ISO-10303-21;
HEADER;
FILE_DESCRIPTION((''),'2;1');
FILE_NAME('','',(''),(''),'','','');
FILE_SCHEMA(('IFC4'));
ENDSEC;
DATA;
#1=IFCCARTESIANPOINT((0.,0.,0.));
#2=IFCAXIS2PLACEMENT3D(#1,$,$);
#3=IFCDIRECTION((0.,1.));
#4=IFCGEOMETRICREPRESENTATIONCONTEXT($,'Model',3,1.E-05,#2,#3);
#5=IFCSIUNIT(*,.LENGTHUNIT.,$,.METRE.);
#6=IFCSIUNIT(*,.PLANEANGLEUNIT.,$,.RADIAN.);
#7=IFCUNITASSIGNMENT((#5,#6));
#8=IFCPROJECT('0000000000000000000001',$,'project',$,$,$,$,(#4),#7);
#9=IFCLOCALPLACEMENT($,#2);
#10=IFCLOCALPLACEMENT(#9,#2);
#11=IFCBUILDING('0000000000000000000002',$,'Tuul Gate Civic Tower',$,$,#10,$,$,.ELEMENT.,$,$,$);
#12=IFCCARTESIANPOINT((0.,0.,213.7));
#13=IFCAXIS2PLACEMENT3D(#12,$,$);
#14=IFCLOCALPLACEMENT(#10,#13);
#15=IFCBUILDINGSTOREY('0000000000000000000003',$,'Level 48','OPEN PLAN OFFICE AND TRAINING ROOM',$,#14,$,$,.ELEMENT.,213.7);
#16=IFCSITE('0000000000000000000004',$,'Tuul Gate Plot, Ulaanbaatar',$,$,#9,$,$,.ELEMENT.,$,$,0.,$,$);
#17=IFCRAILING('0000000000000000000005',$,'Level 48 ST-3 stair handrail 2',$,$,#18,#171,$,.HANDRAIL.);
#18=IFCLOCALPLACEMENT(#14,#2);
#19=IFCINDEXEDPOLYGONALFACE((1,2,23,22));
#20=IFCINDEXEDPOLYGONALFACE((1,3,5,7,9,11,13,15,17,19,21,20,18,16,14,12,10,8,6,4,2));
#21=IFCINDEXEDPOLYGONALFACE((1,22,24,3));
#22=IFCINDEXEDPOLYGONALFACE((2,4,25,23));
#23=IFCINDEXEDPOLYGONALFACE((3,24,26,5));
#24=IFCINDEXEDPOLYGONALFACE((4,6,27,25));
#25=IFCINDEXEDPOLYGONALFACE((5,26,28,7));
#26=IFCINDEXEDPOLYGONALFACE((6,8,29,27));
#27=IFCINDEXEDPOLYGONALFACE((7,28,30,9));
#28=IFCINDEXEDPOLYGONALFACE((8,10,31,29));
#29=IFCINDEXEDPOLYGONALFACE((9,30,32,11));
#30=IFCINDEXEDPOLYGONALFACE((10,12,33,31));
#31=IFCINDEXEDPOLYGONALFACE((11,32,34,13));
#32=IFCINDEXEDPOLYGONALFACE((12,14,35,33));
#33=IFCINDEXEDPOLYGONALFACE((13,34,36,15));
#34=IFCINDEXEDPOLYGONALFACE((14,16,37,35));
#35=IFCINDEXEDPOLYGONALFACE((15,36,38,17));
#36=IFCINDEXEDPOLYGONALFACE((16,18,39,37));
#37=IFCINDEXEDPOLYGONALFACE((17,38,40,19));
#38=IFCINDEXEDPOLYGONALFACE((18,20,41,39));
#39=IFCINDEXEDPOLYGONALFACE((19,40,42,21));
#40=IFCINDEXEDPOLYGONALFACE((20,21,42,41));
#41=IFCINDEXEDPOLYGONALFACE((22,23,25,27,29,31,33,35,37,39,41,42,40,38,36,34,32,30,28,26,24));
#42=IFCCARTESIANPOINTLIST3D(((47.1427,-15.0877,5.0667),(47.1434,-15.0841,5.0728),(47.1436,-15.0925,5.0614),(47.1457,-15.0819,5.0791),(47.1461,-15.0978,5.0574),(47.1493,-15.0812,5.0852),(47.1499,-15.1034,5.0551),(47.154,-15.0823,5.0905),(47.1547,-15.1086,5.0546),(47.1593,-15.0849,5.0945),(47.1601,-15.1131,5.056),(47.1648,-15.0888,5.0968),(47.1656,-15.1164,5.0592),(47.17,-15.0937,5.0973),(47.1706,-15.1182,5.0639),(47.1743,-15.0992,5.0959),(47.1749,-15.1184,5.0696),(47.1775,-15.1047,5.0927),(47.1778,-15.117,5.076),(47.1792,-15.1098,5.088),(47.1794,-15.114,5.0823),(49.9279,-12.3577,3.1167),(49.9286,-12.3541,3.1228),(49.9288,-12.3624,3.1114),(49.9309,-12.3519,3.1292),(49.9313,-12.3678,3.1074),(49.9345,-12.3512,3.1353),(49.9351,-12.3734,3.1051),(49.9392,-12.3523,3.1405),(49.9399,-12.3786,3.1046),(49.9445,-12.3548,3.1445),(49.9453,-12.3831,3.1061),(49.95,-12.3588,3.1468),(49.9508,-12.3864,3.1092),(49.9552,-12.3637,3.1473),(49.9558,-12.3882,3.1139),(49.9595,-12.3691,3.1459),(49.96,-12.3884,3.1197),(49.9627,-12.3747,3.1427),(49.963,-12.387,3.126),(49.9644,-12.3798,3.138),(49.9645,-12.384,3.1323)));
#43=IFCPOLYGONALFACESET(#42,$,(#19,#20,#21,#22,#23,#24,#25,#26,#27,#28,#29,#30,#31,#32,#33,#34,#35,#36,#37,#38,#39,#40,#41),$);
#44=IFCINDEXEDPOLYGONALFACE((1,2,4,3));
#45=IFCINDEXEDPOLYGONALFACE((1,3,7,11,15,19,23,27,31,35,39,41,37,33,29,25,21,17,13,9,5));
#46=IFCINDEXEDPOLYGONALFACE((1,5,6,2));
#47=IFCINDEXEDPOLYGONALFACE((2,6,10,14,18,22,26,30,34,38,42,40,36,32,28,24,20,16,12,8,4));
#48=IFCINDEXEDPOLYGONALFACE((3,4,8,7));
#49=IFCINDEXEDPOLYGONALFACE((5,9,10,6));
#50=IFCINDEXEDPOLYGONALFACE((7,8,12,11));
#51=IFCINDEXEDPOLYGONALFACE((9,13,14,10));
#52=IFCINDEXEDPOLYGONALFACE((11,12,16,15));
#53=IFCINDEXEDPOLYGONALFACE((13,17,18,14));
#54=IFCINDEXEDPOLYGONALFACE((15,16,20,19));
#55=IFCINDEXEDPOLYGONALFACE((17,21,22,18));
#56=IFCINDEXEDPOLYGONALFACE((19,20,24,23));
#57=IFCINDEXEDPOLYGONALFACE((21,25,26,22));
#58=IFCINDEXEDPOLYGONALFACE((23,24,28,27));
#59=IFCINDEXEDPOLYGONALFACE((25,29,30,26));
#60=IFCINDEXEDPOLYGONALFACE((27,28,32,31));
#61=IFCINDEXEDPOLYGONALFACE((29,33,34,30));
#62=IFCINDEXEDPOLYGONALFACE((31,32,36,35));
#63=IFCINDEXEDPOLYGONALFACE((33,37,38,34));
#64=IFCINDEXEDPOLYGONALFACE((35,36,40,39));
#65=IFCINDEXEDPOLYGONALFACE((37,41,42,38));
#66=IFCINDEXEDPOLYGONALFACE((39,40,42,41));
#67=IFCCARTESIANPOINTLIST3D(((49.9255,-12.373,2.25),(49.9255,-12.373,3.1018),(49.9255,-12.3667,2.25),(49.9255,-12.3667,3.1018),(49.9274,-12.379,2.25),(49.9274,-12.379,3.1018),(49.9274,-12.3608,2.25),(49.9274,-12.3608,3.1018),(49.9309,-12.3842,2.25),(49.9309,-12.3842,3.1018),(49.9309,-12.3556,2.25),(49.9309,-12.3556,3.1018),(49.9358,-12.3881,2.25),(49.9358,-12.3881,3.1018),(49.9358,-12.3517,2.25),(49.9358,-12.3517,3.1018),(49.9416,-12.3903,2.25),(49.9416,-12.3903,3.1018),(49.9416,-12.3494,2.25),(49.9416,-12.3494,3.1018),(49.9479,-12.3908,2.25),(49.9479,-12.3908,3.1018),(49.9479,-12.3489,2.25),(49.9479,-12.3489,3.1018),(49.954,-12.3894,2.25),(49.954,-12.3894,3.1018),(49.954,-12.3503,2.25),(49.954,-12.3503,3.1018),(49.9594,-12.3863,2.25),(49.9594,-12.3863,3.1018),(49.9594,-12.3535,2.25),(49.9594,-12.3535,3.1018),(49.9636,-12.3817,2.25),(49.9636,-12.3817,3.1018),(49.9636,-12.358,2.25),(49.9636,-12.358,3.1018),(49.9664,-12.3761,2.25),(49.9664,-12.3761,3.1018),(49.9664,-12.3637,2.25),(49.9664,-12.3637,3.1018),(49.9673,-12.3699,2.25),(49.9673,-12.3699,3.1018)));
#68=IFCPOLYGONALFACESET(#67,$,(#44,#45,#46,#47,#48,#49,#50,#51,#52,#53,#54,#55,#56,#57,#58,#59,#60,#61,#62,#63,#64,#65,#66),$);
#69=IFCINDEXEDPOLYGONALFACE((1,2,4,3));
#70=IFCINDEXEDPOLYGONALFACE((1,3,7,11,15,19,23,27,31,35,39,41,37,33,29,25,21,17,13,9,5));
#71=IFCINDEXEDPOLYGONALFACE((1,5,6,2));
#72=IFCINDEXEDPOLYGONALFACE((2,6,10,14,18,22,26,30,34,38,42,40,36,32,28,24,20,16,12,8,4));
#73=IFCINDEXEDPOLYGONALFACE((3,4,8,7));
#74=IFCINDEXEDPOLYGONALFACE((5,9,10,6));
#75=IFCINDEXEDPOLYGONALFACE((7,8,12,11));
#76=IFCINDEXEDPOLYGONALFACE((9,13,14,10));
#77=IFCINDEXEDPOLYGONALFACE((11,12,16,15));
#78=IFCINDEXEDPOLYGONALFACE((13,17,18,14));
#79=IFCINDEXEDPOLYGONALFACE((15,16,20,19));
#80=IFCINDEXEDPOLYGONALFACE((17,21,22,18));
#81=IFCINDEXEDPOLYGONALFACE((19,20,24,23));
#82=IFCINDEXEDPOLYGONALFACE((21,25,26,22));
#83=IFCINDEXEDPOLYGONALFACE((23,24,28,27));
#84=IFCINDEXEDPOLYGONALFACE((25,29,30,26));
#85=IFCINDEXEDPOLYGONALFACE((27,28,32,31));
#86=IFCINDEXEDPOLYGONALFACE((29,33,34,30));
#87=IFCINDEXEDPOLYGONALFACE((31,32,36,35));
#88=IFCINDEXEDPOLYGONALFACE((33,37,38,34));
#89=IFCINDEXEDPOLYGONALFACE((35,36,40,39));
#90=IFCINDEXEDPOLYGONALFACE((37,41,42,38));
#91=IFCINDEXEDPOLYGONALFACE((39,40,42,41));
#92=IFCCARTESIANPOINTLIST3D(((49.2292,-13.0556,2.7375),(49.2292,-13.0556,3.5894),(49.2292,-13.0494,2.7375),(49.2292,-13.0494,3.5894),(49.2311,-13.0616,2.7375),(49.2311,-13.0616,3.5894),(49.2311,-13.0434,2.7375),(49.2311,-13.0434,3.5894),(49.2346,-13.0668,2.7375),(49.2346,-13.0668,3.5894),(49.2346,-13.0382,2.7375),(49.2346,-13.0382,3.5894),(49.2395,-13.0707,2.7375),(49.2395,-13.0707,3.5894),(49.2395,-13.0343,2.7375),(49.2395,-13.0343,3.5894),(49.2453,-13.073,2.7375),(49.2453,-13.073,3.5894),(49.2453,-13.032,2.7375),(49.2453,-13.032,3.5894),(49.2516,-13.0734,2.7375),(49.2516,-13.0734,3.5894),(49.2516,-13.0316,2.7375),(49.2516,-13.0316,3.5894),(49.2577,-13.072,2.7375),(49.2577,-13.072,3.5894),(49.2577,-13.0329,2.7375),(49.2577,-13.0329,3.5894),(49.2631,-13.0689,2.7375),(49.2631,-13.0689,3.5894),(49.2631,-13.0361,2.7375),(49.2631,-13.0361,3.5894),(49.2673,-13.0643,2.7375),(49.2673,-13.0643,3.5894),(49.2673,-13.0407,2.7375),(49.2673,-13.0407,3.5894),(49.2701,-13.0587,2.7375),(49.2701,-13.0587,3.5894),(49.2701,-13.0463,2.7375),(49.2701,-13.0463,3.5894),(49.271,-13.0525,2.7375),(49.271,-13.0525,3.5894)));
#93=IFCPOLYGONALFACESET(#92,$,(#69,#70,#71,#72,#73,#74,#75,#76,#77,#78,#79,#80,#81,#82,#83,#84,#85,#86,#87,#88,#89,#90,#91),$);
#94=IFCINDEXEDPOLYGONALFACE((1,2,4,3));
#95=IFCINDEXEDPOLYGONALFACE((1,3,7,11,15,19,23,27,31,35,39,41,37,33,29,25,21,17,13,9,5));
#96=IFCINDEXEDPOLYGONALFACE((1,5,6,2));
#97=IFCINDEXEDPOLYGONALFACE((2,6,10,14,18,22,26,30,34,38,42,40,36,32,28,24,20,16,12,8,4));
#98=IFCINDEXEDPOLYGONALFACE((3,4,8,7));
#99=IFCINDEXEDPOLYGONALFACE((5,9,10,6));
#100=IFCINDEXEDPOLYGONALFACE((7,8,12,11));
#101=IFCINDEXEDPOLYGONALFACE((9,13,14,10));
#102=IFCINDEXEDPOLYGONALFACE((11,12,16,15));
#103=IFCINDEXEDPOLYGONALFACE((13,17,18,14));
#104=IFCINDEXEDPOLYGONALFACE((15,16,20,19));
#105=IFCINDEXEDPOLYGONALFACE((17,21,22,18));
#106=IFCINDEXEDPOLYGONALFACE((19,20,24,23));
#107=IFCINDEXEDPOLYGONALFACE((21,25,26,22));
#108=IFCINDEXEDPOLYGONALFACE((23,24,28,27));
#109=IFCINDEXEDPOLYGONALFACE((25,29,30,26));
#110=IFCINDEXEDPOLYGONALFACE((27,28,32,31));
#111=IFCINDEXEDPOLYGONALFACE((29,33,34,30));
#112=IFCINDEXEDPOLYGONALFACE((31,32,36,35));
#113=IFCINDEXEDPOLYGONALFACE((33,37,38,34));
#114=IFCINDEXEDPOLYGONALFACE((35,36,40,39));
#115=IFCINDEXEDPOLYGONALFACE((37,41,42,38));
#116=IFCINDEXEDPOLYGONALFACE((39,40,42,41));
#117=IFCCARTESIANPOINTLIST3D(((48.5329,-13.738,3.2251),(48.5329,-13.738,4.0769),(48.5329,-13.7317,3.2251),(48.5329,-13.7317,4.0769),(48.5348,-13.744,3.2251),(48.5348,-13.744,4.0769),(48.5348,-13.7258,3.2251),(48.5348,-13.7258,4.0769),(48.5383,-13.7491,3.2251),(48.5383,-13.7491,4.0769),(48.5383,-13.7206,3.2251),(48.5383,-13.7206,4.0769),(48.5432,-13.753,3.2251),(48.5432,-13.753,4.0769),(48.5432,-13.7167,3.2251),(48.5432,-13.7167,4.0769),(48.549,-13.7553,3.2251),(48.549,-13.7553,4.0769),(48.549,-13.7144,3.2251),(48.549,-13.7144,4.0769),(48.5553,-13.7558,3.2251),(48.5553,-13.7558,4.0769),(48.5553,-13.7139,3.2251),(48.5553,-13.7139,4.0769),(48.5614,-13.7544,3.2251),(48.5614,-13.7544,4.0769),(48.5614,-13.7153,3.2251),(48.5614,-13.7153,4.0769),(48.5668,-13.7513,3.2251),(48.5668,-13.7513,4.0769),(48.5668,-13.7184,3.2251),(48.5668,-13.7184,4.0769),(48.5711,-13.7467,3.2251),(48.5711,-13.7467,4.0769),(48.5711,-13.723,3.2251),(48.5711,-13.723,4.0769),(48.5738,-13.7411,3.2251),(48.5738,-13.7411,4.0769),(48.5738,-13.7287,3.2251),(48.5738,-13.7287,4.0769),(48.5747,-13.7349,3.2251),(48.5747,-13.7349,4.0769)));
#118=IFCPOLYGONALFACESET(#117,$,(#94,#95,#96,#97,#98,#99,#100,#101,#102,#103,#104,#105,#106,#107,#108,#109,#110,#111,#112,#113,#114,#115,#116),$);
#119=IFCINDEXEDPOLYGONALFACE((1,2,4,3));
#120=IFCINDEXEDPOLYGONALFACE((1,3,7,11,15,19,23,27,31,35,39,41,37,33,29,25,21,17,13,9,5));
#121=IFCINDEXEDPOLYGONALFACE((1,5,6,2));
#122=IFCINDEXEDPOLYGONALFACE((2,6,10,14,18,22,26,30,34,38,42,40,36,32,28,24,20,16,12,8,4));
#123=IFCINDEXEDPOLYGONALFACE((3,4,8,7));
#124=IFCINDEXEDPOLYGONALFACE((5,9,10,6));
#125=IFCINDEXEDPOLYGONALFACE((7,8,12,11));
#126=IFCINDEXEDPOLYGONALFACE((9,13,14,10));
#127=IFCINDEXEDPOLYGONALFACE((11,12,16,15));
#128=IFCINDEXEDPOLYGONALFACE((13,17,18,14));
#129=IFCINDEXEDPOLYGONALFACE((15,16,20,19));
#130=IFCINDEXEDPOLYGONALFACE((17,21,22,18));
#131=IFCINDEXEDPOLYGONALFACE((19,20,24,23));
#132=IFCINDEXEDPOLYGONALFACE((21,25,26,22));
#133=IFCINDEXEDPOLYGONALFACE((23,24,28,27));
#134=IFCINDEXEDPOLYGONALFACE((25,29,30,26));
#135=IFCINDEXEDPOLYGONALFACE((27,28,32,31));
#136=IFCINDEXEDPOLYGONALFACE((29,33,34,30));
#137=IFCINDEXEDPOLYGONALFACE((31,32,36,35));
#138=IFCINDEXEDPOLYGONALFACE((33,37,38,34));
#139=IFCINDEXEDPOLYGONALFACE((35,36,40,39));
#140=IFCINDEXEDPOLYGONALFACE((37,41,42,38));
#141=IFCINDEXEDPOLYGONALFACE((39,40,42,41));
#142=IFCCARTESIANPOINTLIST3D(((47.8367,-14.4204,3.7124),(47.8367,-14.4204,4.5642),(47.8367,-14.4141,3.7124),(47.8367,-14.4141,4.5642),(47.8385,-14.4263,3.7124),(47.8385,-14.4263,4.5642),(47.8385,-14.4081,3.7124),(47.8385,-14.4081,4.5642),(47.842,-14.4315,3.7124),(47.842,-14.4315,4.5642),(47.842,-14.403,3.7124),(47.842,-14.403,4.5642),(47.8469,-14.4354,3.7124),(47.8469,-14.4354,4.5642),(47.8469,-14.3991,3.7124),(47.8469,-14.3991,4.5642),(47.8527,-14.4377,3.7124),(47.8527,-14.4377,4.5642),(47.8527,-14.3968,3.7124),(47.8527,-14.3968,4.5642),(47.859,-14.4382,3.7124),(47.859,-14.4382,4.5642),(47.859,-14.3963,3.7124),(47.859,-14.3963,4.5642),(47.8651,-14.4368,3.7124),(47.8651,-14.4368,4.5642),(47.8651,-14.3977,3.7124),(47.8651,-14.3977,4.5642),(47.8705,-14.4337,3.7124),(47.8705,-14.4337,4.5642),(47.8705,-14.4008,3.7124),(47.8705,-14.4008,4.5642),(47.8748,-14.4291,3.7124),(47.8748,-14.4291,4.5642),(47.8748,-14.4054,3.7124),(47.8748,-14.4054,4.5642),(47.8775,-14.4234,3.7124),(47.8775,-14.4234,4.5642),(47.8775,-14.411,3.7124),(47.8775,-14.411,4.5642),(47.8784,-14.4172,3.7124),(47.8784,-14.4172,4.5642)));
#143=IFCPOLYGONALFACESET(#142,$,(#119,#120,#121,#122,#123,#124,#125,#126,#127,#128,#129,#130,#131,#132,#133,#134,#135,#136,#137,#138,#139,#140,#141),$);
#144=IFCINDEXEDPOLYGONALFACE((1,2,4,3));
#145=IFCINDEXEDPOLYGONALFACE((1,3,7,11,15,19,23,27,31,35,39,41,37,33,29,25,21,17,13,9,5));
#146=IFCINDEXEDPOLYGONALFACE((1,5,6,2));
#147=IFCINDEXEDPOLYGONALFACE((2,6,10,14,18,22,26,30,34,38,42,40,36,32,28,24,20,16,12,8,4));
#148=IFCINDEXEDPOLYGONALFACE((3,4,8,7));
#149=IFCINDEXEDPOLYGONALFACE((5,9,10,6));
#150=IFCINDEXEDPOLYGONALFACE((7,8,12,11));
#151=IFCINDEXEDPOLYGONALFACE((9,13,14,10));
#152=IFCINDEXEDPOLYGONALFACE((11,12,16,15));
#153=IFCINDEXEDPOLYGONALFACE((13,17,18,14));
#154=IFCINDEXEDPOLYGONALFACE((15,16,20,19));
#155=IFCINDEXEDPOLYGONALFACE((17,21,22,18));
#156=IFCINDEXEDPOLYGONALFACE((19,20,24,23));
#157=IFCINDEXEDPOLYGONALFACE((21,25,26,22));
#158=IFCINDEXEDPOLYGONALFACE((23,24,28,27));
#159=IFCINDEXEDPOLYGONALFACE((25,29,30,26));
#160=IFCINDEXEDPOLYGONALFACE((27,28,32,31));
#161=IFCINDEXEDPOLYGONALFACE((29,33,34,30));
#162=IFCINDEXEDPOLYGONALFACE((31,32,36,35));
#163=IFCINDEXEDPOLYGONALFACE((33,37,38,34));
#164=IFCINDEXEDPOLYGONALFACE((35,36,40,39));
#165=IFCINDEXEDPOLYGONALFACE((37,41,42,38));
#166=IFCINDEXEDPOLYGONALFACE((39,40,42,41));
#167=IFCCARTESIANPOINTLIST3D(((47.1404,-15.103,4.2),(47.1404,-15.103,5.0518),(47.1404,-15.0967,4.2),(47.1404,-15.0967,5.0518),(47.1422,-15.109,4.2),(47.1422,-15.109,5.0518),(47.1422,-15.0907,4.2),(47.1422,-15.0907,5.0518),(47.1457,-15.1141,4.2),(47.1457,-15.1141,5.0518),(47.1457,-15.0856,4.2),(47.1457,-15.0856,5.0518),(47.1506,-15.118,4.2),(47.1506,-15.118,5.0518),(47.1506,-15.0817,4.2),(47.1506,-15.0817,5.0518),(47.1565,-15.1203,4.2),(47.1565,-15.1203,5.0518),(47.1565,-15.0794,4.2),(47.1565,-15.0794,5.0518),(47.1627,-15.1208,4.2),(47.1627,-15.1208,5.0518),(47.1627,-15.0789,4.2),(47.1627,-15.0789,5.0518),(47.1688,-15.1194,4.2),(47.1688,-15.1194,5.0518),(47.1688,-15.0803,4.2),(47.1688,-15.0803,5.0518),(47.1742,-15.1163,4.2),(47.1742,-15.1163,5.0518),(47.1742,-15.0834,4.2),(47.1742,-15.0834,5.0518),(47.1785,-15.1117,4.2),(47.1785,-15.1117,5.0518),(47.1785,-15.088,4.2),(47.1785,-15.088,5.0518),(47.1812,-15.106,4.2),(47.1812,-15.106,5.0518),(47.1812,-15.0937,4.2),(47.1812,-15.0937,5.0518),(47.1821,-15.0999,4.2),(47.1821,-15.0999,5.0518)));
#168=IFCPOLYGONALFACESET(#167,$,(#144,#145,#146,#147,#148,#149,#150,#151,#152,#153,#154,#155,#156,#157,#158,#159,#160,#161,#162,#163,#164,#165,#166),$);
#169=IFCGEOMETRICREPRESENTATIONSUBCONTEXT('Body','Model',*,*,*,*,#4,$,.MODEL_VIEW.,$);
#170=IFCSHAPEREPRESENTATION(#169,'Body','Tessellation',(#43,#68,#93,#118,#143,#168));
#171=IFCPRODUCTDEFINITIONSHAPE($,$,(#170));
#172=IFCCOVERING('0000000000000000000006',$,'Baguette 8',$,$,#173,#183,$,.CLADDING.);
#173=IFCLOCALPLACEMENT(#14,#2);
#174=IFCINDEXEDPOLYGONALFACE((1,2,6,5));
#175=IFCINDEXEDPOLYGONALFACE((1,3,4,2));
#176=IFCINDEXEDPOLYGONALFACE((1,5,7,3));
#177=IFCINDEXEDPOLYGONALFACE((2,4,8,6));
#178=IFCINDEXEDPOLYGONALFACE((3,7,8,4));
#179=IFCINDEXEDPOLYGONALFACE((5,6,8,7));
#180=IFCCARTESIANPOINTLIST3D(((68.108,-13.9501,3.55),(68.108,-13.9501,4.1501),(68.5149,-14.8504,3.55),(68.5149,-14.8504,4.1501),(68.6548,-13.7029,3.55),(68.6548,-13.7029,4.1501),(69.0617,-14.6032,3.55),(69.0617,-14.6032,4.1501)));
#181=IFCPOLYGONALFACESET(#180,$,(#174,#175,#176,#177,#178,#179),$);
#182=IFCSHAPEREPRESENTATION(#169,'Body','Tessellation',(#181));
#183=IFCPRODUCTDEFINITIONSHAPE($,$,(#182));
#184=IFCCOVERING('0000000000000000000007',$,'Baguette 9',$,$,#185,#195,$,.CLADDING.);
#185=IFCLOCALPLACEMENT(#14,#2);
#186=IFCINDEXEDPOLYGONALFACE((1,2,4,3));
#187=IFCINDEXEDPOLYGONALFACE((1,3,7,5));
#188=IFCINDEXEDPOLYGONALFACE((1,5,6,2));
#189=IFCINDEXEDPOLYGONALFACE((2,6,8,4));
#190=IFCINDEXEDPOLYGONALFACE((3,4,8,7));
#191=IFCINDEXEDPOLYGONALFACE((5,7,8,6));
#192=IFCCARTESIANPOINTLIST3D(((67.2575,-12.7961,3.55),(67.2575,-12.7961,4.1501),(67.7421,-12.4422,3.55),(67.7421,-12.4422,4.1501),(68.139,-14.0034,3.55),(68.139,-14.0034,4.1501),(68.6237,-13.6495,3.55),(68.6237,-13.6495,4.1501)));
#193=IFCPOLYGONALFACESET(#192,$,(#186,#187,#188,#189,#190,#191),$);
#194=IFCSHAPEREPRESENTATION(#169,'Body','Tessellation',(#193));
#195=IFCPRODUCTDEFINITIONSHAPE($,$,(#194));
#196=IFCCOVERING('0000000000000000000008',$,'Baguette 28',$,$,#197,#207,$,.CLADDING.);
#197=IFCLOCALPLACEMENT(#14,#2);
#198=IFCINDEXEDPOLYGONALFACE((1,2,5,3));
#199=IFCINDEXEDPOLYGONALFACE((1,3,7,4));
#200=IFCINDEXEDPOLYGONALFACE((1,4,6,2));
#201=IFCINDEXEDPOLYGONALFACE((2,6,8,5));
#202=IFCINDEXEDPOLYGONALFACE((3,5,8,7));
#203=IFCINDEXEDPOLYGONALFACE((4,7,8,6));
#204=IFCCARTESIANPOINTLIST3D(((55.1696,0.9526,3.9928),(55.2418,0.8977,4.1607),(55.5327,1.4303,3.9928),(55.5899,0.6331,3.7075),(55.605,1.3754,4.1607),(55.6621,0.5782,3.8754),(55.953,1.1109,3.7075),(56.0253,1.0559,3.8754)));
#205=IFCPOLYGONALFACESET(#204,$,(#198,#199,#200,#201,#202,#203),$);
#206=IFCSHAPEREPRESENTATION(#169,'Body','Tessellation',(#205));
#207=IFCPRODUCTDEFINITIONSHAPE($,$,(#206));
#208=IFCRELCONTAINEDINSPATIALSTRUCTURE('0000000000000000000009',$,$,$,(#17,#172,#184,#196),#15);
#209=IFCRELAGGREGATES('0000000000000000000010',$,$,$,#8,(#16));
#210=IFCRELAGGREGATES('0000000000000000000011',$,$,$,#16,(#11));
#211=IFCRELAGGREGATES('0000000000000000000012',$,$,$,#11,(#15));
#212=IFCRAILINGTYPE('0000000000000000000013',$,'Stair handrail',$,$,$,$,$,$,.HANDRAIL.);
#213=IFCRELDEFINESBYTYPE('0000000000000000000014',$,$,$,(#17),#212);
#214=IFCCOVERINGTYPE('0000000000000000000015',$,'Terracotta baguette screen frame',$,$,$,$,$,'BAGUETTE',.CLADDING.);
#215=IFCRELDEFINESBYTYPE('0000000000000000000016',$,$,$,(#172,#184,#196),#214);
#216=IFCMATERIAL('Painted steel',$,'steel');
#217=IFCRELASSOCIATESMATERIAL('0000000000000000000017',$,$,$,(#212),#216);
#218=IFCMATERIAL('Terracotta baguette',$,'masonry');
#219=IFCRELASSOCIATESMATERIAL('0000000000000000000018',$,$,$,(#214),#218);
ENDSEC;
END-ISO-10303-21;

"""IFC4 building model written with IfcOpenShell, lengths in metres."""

from ifc_helpers import new_model, si_unit, direction, frame, origin, origin_2d, place, context, subcontext, project, spatial, rectangle, circle, extrude, material, material_profile, profile_set, type_object, element, save


model = new_model("IFC4")

# Units and contexts
model_context = context("Model", 3, precision=1e-05, world=origin(), true_north=direction((0.0, 1.0)))
body_context = subcontext(model_context, "Body", "Model", "MODEL_VIEW")
ifc_project = project(units=[si_unit("LENGTHUNIT", "METRE"), si_unit("PLANEANGLEUNIT", "RADIAN")], contexts=[model_context])

# Site, building, storey
site_placement = place(None, origin())
site = spatial("IfcSite", under=ifc_project, at=site_placement, Name="Tuul Gate Plot, Ulaanbaatar", CompositionType="ELEMENT", RefElevation=0.0)
building_placement = place(site_placement, origin())
building = spatial("IfcBuilding", under=site, at=building_placement, Name="Tuul Gate Civic Tower", CompositionType="ELEMENT")
storey_placement = place(building_placement, frame((0.0, 0.0, 213.7)))
storey = spatial("IfcBuildingStorey", under=building, at=storey_placement, Name="Level 48", Description="OPEN PLAN OFFICE AND TRAINING ROOM", CompositionType="ELEMENT", Elevation=213.7)

# Railing
ifc_material_1 = material(Name="Painted steel", Category="steel")
railing_type = type_object("IfcRailingType", Name="Stair handrail", PredefinedType="HANDRAIL", material=ifc_material_1)
railing_placement = place(storey_placement, frame((49.9463, -12.3699, 2.25)))
element("IfcRailing", 1, at=railing_placement, inside=storey, type_object=railing_type, Name="Level 48 ST-3 stair handrail 2", PredefinedType="HANDRAIL", context=body_context, shape_type="SweptSolid", body=[
    extrude(circle(Radius=0.0239, at=origin_2d()), frame((0.0, 0.0, 0.876), z_axis=(-0.638754, -0.6261, 0.447206), x_axis=(0.699998, -0.714145, 0.0)), (0.0, 0.0, 1.0), 4.3604),
    extrude(circle(Radius=0.021, at=origin_2d()), origin(), (0.0, 0.0, 1.0), 0.8518),
    extrude(circle(Radius=0.021, at=origin_2d()), frame((-0.6963, -0.6826, 0.4875)), (0.0, 0.0, 1.0), 0.8518),
    extrude(circle(Radius=0.021, at=origin_2d()), frame((-1.3926, -1.365, 0.9751)), (0.0, 0.0, 1.0), 0.8518),
    extrude(circle(Radius=0.021, at=origin_2d()), frame((-2.0889, -2.0474, 1.4624)), (0.0, 0.0, 1.0), 0.8518),
    extrude(circle(Radius=0.021, at=origin_2d()), frame((-2.7852, -2.73, 1.95)), (0.0, 0.0, 1.0), 0.8518),
])

# Coverings
ifc_material_2 = material(Name="Terracotta baguette", Category="masonry")
ifc_material_profile_1 = material_profile(ifc_material_2, rectangle(XDim=0.6001, YDim=0.6001, at=origin_2d()), Name="Terracotta baguette screen frame")
ifc_profile_set_1 = profile_set([ifc_material_profile_1], Name="Terracotta baguette")
covering_type = type_object("IfcCoveringType", Name="Terracotta baguette screen frame", ElementType="BAGUETTE", PredefinedType="CLADDING", material=ifc_profile_set_1)
covering_1_placement = place(storey_placement, frame((68.7883, -14.7268, 3.8501), z_axis=(-0.411885, 0.911236, 0.0), x_axis=(-0.911236, -0.411885, 0.0)))
element("IfcCovering", 2, at=covering_1_placement, inside=storey, type_object=covering_type, Name="Baguette 8", PredefinedType="CLADDING", context=body_context, shape_type="SweptSolid", body=[
    extrude(rectangle(XDim=0.6001, YDim=0.6001, at=origin_2d()), origin(), (0.0, 0.0, 1.0), 0.988),
])
covering_2_placement = place(storey_placement, frame((68.3813, -13.8264, 3.8501), z_axis=(-0.589734, 0.807598, 0.0), x_axis=(-0.807598, -0.589734, 0.0)))
element("IfcCovering", 3, at=covering_2_placement, inside=storey, type_object=covering_type, Name="Baguette 9", PredefinedType="CLADDING", context=body_context, shape_type="SweptSolid", body=[
    extrude(rectangle(XDim=0.6001, YDim=0.6001, at=origin_2d()), origin(), (0.0, 0.0, 1.0), 1.4949),
])
for number, where, z_axis, x_axis, name in (
    (4, (55.6335, 0.9768, 4.0181), (-0.378498, 0.287709, -0.879752), (-0.605151, -0.79611, 0.0), "Baguette 28"),
):
    element("IfcCovering", number, at=place(storey_placement, frame(where, z_axis=z_axis, x_axis=x_axis)), inside=storey, type_object=covering_type, Name=name, PredefinedType="CLADDING", context=body_context, shape_type="SweptSolid", body=[
        extrude(rectangle(XDim=0.6001, YDim=0.6001, at=origin_2d()), origin(), (0.0, 0.0, 1.0), 0.1909),
    ])

save(model, "model.ifc")
